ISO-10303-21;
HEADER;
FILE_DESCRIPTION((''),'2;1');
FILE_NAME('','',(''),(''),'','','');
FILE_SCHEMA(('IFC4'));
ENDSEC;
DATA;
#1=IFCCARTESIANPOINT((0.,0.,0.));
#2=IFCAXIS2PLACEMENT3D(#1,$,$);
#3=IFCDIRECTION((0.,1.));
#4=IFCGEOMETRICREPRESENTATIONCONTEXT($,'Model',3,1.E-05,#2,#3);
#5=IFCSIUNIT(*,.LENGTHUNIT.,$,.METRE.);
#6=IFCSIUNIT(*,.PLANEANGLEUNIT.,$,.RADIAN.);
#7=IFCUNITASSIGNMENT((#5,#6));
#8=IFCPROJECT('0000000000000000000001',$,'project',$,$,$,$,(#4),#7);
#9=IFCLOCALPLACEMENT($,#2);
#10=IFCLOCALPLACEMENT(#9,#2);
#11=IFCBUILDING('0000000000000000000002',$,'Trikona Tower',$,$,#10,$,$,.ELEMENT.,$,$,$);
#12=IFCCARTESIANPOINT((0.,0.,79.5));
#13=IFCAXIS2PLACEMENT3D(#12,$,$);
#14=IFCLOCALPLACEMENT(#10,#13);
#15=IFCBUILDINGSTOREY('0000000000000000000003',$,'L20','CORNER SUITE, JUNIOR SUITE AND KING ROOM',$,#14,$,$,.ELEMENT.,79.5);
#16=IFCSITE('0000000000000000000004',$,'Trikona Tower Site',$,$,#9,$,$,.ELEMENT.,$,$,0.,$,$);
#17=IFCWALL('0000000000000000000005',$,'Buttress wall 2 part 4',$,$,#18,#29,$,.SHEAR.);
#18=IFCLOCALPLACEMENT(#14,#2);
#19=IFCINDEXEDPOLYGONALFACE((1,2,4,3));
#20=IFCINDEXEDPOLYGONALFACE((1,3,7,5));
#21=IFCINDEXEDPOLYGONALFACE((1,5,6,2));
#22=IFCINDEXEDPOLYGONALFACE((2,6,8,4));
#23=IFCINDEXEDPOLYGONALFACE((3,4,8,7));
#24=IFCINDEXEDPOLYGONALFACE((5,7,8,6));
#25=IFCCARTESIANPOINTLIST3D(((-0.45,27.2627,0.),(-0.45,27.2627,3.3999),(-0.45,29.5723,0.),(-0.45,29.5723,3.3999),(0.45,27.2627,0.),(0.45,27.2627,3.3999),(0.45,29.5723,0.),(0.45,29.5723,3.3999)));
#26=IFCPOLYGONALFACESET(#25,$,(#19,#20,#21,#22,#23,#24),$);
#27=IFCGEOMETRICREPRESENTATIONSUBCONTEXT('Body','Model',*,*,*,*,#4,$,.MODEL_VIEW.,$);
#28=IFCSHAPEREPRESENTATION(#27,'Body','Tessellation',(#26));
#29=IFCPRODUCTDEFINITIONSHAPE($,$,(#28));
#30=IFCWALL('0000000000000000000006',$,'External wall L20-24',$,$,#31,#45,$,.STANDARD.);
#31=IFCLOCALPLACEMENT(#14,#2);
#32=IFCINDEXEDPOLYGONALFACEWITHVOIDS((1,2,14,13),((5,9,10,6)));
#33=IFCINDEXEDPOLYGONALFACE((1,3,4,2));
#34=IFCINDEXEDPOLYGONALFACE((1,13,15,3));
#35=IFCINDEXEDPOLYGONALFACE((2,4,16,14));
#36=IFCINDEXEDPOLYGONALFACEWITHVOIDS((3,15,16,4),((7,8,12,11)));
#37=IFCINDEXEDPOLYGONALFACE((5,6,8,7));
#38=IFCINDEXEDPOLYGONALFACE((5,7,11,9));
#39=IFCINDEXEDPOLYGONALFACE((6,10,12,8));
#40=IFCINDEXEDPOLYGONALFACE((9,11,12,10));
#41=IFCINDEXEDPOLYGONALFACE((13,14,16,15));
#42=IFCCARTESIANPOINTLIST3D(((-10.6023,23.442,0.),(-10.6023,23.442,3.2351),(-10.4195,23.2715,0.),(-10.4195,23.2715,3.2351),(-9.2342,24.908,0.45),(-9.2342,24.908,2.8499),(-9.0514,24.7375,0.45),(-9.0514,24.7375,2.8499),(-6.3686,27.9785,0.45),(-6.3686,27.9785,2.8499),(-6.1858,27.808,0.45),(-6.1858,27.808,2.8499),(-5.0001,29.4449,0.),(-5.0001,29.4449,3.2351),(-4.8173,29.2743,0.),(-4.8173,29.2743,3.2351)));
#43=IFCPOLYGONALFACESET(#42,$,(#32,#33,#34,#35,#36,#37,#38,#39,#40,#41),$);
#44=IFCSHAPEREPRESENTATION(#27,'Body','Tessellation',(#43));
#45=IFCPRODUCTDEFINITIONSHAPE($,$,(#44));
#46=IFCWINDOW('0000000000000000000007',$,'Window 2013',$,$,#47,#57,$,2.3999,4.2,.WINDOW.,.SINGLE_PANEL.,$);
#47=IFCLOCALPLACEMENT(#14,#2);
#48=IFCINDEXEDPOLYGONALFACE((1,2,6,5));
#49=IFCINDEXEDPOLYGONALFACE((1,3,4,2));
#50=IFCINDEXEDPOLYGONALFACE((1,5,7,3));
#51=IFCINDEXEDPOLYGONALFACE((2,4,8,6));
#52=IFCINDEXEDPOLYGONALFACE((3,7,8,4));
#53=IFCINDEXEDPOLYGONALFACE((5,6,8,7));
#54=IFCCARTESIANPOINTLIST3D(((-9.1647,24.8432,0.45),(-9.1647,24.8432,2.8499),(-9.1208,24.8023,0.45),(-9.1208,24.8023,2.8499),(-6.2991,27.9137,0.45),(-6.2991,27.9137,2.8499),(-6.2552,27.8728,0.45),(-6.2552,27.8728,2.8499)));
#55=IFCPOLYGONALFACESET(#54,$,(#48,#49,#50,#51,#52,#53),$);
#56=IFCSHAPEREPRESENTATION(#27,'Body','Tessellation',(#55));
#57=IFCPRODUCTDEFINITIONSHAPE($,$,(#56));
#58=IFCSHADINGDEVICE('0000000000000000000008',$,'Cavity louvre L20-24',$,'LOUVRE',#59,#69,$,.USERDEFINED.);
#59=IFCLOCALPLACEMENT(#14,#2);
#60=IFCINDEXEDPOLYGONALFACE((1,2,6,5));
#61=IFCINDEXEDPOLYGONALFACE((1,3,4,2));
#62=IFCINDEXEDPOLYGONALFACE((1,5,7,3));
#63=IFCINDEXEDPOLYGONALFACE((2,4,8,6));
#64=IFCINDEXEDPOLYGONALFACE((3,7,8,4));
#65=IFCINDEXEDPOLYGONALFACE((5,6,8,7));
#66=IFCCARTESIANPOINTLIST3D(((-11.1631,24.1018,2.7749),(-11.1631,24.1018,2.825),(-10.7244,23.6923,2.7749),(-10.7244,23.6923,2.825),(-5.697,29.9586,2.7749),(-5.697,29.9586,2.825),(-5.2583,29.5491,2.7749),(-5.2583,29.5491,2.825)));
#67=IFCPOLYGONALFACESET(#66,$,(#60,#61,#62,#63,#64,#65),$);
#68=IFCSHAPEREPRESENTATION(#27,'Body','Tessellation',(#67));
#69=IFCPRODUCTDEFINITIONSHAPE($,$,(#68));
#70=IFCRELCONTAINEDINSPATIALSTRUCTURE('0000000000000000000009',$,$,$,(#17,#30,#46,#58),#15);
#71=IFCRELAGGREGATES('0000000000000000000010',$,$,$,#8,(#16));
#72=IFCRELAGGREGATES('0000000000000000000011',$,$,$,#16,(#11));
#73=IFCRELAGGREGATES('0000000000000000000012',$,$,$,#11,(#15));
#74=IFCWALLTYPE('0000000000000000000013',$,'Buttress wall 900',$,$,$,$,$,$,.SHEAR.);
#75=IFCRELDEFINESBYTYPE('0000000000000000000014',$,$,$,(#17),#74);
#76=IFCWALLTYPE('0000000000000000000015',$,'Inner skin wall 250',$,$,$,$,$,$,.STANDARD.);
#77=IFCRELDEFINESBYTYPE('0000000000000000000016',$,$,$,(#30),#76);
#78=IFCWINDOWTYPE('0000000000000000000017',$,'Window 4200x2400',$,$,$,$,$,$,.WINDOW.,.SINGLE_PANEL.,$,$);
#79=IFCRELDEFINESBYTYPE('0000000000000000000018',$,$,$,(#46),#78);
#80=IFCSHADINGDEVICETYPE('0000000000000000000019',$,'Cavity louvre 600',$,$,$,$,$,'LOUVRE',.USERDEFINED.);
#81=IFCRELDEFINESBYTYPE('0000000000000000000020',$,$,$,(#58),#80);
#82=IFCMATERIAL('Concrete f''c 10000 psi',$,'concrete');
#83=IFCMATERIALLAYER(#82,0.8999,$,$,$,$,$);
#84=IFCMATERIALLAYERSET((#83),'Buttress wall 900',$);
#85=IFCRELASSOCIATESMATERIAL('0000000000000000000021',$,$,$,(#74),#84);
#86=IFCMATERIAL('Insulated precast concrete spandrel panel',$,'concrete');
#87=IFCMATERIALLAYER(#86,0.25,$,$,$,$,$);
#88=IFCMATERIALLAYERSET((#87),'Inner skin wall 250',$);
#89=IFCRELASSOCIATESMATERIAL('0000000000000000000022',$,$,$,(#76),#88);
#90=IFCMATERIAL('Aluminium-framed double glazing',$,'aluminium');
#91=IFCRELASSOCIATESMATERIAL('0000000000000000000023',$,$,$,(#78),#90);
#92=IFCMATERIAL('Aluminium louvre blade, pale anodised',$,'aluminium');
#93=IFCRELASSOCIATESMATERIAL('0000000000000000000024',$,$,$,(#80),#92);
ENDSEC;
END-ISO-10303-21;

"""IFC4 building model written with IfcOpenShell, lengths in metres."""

from ifc_helpers import new_model, si_unit, direction, frame, frame_2d, origin, origin_2d, place, context, subcontext, project, spatial, rectangle, extrude, material, layer, layer_set, type_object, element, fill, save


model = new_model("IFC4")

# Units and contexts
model_context = context("Model", 3, precision=1e-05, world=origin(), true_north=direction((0.0, 1.0)))
body_context = subcontext(model_context, "Body", "Model", "MODEL_VIEW")
ifc_project = project(units=[si_unit("LENGTHUNIT", "METRE"), si_unit("PLANEANGLEUNIT", "RADIAN")], contexts=[model_context])

# Site, building, storey
site_placement = place(None, origin())
site = spatial("IfcSite", under=ifc_project, at=site_placement, Name="Trikona Tower Site", CompositionType="ELEMENT", RefElevation=0.0)
building_placement = place(site_placement, origin())
building = spatial("IfcBuilding", under=site, at=building_placement, Name="Trikona Tower", CompositionType="ELEMENT")
storey_placement = place(building_placement, frame((0.0, 0.0, 79.5)))
storey = spatial("IfcBuildingStorey", under=building, at=storey_placement, Name="L20", Description="CORNER SUITE, JUNIOR SUITE AND KING ROOM", CompositionType="ELEMENT", Elevation=79.5)

# Wall
ifc_material_1 = material(Name="Concrete f'c 10000 psi", Category="concrete")
ifc_layer_1 = layer(ifc_material_1, 0.8999)
ifc_layer_set_1 = layer_set([ifc_layer_1], Name="Buttress wall 900")
wall_type_1 = type_object("IfcWallType", Name="Buttress wall 900", PredefinedType="SHEAR", material=ifc_layer_set_1)
wall_1_placement = place(storey_placement, frame((0.0, 27.2627, 0.0), z_axis=(0.0, 0.0, 1.0), x_axis=(0.0, 1.0, 0.0)))
element("IfcWall", 1, at=wall_1_placement, inside=storey, type_object=wall_type_1, Name="Buttress wall 2 part 4", PredefinedType="SHEAR", context=body_context, shape_type="SweptSolid", body=[
    extrude(rectangle(XDim=2.3096, YDim=0.8999, at=frame_2d((1.1548, 0.0))), origin(), (0.0, 0.0, 1.0), 3.3999),
])

# Wall, opening, window
ifc_material_2 = material(Name="Insulated precast concrete spandrel panel", Category="concrete")
ifc_layer_2 = layer(ifc_material_2, 0.25)
ifc_layer_set_2 = layer_set([ifc_layer_2], Name="Inner skin wall 250")
wall_type_2 = type_object("IfcWallType", Name="Inner skin wall 250", PredefinedType="STANDARD", material=ifc_layer_set_2)
wall_2_placement = place(storey_placement, frame((-4.9087, 29.3596, 0.0), z_axis=(0.0, 0.0, 1.0), x_axis=(-0.68229, -0.731082, 0.0)))
wall_2 = element("IfcWall", 2, at=wall_2_placement, inside=storey, type_object=wall_type_2, Name="External wall L20-24", PredefinedType="STANDARD", context=body_context, shape_type="SweptSolid", body=[
    extrude(rectangle(XDim=8.2109, YDim=0.25, at=frame_2d((4.1055, 0.0))), origin(), (0.0, 0.0, 1.0), 3.2351),
])
opening_1_placement = place(wall_2_placement, frame((2.0056, 0.0, 0.45)))
opening_1 = element("IfcOpeningElement", 3, at=opening_1_placement, cuts=wall_2, PredefinedType="OPENING", context=body_context, shape_type="SweptSolid", body=[
    extrude(rectangle(XDim=4.2, YDim=2.3999, at=frame_2d((2.1001, 1.2))), frame((0.0, 0.135, 0.0), z_axis=(0.0, -1.0, 0.0), x_axis=(1.0, 0.0, 0.0)), (0.0, 0.0, 1.0), 0.27),
])
ifc_material_3 = material(Name="Aluminium-framed double glazing", Category="aluminium")
window_type_1 = type_object("IfcWindowType", Name="Window 4200x2400", PartitioningType="SINGLE_PANEL", PredefinedType="WINDOW", material=ifc_material_3)
window_1_placement = place(opening_1_placement, origin())
window_1 = element("IfcWindow", 4, at=window_1_placement, inside=storey, type_object=window_type_1, Name="Window 2013", OverallHeight=2.3999, OverallWidth=4.2, PartitioningType="SINGLE_PANEL", PredefinedType="WINDOW", context=body_context, shape_type="SweptSolid", body=[
    extrude(rectangle(XDim=4.2, YDim=2.3999, at=frame_2d((2.1001, 1.2))), frame((0.0, 0.03, 0.0), z_axis=(0.0, -1.0, 0.0), x_axis=(1.0, 0.0, 0.0)), (0.0, 0.0, 1.0), 0.0601),
])
fill(opening_1, window_1)

# Shading device
ifc_material_4 = material(Name="Aluminium louvre blade, pale anodised", Category="aluminium")
shading_device_type = type_object("IfcShadingDeviceType", Name="Cavity louvre 600", ElementType="LOUVRE", PredefinedType="USERDEFINED", material=ifc_material_4)
shading_device_placement = place(storey_placement, frame((-8.2107, 26.8254, 2.7749), z_axis=(0.0, 0.0, 1.0), x_axis=(-0.682298, -0.731074, 0.0)))
element("IfcShadingDevice", 5, at=shading_device_placement, inside=storey, type_object=shading_device_type, Name="Cavity louvre L20-24", ObjectType="LOUVRE", PredefinedType="USERDEFINED", context=body_context, shape_type="SweptSolid", body=[
    extrude(rectangle(XDim=8.0112, YDim=0.6001, at=origin_2d()), origin(), (0.0, 0.0, 1.0), 0.05),
])

save(model, "model.ifc")
